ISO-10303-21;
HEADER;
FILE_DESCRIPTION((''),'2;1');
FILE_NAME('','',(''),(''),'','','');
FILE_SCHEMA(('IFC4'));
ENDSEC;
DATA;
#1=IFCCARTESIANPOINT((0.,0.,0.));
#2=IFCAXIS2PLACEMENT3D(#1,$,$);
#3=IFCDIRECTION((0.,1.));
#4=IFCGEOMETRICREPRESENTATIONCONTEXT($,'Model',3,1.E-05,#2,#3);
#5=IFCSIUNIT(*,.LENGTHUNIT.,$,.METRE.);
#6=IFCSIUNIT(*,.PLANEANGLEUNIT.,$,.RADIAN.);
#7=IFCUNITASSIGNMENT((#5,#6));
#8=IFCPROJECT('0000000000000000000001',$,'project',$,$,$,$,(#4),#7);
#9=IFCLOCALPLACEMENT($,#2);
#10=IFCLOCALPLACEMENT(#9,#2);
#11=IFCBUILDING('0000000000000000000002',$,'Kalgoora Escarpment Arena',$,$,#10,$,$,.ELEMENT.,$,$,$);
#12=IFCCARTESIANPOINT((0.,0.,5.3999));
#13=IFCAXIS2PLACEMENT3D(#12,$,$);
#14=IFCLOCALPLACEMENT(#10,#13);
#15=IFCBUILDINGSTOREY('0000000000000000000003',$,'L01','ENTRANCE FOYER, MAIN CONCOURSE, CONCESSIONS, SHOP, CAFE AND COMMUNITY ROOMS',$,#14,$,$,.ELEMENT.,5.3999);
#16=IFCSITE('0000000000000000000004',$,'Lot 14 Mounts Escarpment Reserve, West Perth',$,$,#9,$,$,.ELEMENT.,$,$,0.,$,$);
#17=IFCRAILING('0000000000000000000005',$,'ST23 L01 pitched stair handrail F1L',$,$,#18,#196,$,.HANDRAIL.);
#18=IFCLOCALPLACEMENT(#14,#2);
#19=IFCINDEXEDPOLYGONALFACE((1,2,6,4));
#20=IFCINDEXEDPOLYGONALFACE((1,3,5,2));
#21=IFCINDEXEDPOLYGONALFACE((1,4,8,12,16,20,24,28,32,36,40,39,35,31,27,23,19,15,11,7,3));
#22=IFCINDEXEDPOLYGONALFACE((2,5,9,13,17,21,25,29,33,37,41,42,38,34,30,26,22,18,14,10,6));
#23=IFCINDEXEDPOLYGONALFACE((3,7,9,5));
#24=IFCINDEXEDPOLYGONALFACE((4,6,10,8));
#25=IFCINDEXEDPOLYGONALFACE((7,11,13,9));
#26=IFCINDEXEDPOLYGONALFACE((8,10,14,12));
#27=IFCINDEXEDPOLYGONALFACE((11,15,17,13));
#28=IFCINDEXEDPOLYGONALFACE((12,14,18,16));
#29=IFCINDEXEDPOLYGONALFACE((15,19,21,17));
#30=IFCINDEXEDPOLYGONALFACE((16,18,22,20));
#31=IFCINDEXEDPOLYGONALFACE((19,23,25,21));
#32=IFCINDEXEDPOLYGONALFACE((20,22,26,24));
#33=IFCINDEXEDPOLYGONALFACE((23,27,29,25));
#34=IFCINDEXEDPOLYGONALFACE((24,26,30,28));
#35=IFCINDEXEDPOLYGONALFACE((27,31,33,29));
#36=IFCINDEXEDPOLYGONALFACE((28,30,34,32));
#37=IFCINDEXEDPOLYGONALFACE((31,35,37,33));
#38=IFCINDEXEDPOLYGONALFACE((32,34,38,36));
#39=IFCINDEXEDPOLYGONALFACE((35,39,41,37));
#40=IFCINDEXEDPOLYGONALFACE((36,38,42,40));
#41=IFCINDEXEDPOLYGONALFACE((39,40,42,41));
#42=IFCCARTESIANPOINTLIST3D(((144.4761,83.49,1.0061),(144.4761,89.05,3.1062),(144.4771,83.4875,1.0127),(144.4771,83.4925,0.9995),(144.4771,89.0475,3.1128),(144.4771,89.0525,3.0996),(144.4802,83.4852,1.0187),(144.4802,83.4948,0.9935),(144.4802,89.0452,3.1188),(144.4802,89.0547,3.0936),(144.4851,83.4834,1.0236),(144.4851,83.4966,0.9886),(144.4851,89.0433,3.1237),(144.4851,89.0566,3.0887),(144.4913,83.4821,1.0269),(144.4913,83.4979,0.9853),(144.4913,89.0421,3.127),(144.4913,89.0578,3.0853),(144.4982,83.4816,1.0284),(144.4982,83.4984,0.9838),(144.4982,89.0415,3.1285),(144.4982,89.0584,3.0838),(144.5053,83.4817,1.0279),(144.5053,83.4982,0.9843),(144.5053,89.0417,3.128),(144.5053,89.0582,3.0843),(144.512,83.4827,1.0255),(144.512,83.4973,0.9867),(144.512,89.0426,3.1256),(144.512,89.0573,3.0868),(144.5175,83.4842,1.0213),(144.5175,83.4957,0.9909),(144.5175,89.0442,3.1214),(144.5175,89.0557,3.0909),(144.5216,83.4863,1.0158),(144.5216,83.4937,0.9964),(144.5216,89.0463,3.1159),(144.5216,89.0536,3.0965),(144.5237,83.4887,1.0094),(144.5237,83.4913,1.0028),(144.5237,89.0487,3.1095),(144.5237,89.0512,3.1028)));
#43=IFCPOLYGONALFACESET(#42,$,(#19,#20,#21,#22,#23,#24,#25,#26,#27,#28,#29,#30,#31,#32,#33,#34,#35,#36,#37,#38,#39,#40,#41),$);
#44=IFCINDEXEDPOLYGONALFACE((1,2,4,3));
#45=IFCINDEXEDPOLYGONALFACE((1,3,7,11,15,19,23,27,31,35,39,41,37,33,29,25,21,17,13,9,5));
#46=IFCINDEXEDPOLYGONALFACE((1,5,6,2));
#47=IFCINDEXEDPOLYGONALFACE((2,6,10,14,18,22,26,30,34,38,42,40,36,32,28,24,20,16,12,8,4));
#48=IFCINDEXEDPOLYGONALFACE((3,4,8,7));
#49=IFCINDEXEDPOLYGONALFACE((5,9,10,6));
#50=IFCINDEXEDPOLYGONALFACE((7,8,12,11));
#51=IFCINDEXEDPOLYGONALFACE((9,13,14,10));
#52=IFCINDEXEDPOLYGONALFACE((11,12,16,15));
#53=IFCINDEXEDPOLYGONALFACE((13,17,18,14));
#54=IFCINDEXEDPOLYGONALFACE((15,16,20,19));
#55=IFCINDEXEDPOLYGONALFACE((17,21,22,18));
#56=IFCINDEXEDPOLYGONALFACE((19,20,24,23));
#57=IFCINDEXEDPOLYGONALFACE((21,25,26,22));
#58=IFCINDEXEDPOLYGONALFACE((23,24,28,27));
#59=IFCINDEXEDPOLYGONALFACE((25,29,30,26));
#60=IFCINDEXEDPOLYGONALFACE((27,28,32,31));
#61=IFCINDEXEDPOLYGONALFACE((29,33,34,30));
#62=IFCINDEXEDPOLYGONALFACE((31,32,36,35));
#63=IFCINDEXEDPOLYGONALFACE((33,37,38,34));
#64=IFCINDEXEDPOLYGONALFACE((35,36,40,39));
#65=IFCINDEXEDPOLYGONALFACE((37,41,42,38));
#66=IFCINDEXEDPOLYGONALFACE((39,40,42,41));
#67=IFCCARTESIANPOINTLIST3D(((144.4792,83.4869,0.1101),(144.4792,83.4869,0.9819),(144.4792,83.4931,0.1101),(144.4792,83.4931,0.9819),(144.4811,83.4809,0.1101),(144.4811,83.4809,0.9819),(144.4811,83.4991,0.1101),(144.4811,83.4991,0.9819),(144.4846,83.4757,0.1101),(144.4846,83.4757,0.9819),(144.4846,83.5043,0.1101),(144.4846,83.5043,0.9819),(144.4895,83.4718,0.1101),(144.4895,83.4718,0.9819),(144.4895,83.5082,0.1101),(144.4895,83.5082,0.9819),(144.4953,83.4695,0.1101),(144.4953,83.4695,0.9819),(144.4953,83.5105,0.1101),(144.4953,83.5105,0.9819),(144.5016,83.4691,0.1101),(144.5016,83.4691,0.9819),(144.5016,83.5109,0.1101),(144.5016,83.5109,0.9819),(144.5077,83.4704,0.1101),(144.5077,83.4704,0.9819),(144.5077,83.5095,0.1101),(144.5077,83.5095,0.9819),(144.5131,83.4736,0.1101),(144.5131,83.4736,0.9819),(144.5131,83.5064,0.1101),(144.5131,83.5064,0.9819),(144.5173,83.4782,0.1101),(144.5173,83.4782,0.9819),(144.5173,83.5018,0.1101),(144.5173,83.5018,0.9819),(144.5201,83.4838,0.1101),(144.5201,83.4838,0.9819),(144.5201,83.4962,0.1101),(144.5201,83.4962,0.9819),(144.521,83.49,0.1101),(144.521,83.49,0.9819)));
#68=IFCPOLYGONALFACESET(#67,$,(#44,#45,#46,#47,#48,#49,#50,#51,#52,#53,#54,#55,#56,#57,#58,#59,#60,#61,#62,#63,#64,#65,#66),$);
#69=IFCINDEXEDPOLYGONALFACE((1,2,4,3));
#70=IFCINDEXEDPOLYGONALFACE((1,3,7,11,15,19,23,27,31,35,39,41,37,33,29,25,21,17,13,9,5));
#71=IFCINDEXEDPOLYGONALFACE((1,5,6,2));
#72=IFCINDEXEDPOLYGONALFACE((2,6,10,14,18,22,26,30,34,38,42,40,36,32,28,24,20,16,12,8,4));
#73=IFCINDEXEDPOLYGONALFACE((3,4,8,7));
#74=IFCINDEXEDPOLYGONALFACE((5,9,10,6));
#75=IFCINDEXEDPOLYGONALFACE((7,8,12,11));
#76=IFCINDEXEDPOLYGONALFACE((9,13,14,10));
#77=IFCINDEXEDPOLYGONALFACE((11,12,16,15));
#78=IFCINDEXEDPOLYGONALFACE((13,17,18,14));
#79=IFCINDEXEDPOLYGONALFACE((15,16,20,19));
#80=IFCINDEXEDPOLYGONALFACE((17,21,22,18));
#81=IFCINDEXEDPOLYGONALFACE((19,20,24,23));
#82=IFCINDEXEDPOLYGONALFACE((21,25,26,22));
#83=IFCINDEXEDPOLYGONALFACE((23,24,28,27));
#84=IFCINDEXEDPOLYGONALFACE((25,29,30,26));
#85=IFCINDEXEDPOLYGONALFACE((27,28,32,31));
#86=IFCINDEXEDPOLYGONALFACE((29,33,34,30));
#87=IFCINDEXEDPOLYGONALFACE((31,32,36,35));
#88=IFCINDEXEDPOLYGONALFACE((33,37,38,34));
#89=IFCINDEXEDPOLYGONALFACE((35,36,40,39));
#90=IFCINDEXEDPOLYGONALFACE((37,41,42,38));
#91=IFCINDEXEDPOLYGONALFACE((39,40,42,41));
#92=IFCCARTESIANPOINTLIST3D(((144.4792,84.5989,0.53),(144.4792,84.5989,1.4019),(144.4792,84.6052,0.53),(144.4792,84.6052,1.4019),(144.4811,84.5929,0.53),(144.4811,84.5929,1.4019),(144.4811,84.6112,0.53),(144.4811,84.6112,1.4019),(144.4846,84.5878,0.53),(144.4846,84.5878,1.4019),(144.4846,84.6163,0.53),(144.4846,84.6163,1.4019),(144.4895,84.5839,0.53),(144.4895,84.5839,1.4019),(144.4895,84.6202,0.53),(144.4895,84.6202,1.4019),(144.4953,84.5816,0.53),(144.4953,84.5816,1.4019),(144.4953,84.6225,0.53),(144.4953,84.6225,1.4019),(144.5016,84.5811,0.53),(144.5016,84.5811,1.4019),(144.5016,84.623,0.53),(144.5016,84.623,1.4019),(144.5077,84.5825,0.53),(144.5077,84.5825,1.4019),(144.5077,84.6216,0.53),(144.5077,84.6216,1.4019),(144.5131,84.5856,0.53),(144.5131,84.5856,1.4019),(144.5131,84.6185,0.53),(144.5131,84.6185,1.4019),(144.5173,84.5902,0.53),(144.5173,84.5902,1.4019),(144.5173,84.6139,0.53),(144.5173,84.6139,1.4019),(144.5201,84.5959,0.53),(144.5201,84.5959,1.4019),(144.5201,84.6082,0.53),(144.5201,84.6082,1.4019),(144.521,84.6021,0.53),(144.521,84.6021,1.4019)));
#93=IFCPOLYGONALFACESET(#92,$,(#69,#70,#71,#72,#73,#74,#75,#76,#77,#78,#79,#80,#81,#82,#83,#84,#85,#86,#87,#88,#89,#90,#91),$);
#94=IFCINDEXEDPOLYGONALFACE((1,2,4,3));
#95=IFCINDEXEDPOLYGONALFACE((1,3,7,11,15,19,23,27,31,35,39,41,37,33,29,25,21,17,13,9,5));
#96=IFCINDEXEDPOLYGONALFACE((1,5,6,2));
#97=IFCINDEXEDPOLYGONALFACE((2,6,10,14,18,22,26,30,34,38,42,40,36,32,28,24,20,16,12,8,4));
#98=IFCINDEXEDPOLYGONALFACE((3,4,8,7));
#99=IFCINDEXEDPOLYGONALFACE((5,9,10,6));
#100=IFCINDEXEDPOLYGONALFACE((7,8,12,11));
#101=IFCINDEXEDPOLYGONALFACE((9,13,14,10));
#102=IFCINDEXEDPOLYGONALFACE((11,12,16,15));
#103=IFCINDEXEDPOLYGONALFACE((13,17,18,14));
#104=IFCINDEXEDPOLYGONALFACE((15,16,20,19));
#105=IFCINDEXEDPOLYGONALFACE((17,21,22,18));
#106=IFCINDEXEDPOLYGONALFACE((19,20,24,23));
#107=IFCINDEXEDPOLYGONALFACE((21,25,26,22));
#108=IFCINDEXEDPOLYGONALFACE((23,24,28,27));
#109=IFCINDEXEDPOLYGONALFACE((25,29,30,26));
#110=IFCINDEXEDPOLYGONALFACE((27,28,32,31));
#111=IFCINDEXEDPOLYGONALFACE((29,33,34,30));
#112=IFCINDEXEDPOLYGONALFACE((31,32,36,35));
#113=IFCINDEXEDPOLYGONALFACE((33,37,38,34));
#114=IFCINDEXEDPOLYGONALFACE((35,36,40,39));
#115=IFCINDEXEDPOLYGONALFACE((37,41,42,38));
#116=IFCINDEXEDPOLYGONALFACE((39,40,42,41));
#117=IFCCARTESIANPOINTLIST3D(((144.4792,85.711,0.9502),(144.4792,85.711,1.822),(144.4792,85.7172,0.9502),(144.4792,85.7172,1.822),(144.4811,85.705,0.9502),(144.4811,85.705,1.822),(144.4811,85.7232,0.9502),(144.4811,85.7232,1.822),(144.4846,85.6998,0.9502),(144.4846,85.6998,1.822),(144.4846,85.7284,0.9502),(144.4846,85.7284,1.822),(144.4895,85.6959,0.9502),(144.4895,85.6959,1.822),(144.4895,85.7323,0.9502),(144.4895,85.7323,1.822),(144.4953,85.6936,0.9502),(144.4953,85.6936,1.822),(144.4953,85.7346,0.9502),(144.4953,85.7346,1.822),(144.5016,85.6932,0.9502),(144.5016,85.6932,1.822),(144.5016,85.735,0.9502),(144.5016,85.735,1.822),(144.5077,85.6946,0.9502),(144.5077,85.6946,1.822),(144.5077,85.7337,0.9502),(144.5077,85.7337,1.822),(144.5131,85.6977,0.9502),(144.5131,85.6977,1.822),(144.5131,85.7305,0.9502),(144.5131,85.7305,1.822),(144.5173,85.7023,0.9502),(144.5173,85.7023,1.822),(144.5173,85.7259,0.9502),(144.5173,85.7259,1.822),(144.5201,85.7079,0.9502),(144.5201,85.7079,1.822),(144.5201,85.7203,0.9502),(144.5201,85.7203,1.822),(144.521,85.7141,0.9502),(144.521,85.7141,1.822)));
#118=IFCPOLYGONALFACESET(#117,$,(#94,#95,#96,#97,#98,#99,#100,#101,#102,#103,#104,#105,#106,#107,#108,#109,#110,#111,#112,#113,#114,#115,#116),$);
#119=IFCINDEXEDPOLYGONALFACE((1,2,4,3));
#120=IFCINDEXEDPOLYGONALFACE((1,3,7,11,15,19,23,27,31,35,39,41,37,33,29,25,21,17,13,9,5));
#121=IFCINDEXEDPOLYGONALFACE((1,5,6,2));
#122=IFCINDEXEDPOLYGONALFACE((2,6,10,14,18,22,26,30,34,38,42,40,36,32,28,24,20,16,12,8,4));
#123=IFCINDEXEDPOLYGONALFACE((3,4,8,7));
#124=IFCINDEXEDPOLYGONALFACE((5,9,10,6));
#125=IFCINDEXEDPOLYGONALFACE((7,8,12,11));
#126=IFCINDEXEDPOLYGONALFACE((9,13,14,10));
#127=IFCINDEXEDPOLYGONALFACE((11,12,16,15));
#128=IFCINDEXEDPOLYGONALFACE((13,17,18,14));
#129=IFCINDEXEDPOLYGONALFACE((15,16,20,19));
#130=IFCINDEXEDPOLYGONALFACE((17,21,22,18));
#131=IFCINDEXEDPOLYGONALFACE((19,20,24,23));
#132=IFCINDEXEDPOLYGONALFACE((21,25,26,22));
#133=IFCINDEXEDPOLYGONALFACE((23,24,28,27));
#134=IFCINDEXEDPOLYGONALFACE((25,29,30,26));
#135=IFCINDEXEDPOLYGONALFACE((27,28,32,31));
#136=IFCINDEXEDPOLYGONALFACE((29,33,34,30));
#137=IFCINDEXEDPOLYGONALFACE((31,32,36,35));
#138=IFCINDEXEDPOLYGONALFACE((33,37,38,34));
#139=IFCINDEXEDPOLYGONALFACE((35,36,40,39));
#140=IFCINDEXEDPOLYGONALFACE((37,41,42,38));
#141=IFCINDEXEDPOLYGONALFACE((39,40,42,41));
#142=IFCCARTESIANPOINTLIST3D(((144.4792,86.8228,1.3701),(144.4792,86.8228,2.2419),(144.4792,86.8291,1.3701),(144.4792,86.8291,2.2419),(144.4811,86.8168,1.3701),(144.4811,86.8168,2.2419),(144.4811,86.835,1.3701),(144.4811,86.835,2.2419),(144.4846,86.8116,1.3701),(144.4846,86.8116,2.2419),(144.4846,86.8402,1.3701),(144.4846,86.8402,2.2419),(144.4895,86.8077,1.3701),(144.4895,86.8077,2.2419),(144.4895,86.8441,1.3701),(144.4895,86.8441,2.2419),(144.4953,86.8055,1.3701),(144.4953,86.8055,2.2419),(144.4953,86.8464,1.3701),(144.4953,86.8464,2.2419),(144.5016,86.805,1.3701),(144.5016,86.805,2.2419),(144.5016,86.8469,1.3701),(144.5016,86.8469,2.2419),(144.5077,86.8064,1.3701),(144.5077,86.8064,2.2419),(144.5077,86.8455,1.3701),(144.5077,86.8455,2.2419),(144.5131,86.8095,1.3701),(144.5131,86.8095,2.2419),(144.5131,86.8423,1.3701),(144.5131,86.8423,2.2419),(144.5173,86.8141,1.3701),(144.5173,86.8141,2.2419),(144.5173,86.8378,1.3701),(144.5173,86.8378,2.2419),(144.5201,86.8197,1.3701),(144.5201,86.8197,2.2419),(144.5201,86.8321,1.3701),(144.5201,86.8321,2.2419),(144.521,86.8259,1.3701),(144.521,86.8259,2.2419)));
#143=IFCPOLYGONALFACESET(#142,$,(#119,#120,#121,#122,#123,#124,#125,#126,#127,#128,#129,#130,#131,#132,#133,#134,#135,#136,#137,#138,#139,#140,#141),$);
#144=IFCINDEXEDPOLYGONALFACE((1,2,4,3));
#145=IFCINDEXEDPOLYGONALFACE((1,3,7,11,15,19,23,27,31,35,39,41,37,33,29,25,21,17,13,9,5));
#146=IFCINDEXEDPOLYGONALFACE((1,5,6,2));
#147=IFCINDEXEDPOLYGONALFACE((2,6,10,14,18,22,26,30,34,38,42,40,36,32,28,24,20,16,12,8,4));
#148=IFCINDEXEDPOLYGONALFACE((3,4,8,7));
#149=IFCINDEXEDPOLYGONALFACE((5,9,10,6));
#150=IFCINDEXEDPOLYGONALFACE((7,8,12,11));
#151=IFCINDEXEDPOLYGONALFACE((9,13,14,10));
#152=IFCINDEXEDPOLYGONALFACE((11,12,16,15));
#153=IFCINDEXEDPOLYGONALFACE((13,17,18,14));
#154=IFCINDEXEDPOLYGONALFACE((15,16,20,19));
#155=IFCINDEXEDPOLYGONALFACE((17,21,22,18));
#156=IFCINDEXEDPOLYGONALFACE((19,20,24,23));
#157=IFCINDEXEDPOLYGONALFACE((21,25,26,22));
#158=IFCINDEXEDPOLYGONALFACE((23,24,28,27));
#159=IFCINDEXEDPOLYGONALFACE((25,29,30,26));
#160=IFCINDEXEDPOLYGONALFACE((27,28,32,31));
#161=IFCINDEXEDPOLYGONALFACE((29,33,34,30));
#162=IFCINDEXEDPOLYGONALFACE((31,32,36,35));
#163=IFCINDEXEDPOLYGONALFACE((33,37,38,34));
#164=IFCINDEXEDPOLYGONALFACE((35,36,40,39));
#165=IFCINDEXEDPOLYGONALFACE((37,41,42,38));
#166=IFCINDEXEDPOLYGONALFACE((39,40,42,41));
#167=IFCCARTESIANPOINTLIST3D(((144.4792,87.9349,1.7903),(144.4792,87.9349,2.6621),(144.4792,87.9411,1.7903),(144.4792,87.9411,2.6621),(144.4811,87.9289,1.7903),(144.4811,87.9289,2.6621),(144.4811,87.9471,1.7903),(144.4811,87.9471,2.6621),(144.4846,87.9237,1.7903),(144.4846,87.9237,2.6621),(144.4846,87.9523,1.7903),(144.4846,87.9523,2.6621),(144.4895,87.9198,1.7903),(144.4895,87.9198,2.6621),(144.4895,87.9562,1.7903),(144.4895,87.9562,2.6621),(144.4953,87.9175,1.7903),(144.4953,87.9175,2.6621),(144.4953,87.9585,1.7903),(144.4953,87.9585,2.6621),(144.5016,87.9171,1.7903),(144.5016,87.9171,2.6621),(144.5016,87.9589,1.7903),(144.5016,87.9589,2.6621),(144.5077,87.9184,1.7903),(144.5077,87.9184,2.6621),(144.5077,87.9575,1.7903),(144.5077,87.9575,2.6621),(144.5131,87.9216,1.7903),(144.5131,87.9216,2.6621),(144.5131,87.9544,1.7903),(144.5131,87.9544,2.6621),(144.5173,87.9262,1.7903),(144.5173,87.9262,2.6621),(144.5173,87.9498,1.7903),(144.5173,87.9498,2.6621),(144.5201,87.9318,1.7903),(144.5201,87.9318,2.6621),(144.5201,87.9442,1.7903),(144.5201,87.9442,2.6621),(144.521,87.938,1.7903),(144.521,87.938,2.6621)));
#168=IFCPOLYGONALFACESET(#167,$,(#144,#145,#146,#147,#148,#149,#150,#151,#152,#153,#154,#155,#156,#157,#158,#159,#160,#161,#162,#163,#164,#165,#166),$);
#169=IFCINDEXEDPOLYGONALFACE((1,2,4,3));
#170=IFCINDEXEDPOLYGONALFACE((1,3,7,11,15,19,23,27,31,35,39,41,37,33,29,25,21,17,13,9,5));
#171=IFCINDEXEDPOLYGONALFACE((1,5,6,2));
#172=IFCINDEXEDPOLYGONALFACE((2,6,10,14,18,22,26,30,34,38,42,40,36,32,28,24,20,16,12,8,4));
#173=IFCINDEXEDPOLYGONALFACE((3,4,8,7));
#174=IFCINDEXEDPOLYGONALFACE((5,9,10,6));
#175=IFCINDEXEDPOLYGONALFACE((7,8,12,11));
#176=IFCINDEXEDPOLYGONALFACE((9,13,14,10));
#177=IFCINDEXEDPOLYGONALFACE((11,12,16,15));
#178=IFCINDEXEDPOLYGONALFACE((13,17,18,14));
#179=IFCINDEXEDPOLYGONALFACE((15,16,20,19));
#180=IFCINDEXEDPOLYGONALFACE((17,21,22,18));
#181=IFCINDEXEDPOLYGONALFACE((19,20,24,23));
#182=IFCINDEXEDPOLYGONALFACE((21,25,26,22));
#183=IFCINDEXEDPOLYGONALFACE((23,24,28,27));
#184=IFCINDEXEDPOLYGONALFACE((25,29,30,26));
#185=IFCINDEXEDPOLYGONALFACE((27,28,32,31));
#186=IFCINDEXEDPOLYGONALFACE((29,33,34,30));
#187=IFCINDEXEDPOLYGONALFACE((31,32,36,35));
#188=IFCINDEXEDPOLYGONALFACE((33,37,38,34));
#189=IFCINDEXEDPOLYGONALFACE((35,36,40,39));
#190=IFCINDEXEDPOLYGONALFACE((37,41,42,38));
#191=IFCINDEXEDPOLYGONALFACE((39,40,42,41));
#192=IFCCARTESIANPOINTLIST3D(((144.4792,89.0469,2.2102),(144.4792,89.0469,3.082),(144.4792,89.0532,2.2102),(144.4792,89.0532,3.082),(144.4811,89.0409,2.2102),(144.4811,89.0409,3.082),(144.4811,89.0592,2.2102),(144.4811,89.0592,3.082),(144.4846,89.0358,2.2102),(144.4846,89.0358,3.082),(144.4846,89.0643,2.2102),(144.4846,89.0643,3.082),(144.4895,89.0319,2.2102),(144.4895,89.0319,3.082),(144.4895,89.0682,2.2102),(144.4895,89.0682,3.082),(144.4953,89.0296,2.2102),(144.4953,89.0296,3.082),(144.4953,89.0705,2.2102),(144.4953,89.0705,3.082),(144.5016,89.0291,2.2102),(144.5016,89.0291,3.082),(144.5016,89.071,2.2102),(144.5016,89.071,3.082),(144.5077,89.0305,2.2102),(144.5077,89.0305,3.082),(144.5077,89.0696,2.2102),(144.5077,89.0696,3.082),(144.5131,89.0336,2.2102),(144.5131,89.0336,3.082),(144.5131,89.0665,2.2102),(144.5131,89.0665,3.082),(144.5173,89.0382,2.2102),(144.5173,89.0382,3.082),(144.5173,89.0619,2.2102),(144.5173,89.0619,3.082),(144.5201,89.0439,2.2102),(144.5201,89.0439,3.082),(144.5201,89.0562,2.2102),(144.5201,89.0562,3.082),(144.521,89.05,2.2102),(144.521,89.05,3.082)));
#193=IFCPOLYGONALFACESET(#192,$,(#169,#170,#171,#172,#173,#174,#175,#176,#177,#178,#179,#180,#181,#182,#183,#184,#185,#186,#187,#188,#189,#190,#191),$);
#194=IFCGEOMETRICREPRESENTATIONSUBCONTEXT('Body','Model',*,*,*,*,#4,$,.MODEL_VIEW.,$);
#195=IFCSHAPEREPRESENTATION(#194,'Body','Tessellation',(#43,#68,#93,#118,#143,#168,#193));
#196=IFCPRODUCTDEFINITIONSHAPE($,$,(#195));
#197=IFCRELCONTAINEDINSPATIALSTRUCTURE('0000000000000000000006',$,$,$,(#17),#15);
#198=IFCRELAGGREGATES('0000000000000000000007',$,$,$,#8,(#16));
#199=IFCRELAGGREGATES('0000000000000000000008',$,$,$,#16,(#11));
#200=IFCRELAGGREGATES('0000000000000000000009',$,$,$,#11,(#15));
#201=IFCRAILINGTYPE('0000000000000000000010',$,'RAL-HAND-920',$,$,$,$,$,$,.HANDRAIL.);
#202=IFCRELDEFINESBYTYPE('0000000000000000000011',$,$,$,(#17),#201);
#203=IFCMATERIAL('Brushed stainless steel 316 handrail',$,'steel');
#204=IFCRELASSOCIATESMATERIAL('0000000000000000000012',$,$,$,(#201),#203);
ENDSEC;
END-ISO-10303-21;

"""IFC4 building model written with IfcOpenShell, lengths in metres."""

from ifc_helpers import new_model, si_unit, direction, frame, origin, origin_2d, place, context, subcontext, project, spatial, circle, extrude, material, type_object, element, save


model = new_model("IFC4")

# Units and contexts
model_context = context("Model", 3, precision=1e-05, world=origin(), true_north=direction((0.0, 1.0)))
body_context = subcontext(model_context, "Body", "Model", "MODEL_VIEW")
ifc_project = project(units=[si_unit("LENGTHUNIT", "METRE"), si_unit("PLANEANGLEUNIT", "RADIAN")], contexts=[model_context])

# Site, building, storey
site_placement = place(None, origin())
site = spatial("IfcSite", under=ifc_project, at=site_placement, Name="Lot 14 Mounts Escarpment Reserve, West Perth", CompositionType="ELEMENT", RefElevation=0.0)
building_placement = place(site_placement, origin())
building = spatial("IfcBuilding", under=site, at=building_placement, Name="Kalgoora Escarpment Arena", CompositionType="ELEMENT")
storey_placement = place(building_placement, frame((0.0, 0.0, 5.3999)))
storey = spatial("IfcBuildingStorey", under=building, at=storey_placement, Name="L01", Description="ENTRANCE FOYER, MAIN CONCOURSE, CONCESSIONS, SHOP, CAFE AND COMMUNITY ROOMS", CompositionType="ELEMENT", Elevation=5.3999)

# Railing
ifc_material_1 = material(Name="Brushed stainless steel 316 handrail", Category="steel")
railing_type_1 = type_object("IfcRailingType", Name="RAL-HAND-920", PredefinedType="HANDRAIL", material=ifc_material_1)
for number, where, name in (
    (1, (144.5, 83.49, 0.1101), "ST23 L01 pitched stair handrail F1L"),
):
    element("IfcRailing", number, at=place(storey_placement, frame(where)), inside=storey, type_object=railing_type_1, Name=name, PredefinedType="HANDRAIL", context=body_context, shape_type="SweptSolid", body=[
        extrude(circle(Radius=0.0239, at=origin_2d()), frame((0.0, 0.0, 0.896), z_axis=(0.0, 0.935493, 0.353346), x_axis=(-1.0, 0.0, 0.0)), (0.0, 0.0, 1.0), 5.9434),
        extrude(circle(Radius=0.021, at=origin_2d()), origin(), (0.0, 0.0, 1.0), 0.8718),
        extrude(circle(Radius=0.021, at=origin_2d()), frame((0.0, 1.1121, 0.4199)), (0.0, 0.0, 1.0), 0.8718),
        extrude(circle(Radius=0.021, at=origin_2d()), frame((0.0, 2.2241, 0.8401)), (0.0, 0.0, 1.0), 0.8718),
        extrude(circle(Radius=0.021, at=origin_2d()), frame((0.0, 3.3359, 1.26)), (0.0, 0.0, 1.0), 0.8718),
        extrude(circle(Radius=0.021, at=origin_2d()), frame((0.0, 4.448, 1.6802)), (0.0, 0.0, 1.0), 0.8718),
        extrude(circle(Radius=0.021, at=origin_2d()), frame((0.0, 5.5601, 2.1001)), (0.0, 0.0, 1.0), 0.8718),
    ])

save(model, "model.ifc")
